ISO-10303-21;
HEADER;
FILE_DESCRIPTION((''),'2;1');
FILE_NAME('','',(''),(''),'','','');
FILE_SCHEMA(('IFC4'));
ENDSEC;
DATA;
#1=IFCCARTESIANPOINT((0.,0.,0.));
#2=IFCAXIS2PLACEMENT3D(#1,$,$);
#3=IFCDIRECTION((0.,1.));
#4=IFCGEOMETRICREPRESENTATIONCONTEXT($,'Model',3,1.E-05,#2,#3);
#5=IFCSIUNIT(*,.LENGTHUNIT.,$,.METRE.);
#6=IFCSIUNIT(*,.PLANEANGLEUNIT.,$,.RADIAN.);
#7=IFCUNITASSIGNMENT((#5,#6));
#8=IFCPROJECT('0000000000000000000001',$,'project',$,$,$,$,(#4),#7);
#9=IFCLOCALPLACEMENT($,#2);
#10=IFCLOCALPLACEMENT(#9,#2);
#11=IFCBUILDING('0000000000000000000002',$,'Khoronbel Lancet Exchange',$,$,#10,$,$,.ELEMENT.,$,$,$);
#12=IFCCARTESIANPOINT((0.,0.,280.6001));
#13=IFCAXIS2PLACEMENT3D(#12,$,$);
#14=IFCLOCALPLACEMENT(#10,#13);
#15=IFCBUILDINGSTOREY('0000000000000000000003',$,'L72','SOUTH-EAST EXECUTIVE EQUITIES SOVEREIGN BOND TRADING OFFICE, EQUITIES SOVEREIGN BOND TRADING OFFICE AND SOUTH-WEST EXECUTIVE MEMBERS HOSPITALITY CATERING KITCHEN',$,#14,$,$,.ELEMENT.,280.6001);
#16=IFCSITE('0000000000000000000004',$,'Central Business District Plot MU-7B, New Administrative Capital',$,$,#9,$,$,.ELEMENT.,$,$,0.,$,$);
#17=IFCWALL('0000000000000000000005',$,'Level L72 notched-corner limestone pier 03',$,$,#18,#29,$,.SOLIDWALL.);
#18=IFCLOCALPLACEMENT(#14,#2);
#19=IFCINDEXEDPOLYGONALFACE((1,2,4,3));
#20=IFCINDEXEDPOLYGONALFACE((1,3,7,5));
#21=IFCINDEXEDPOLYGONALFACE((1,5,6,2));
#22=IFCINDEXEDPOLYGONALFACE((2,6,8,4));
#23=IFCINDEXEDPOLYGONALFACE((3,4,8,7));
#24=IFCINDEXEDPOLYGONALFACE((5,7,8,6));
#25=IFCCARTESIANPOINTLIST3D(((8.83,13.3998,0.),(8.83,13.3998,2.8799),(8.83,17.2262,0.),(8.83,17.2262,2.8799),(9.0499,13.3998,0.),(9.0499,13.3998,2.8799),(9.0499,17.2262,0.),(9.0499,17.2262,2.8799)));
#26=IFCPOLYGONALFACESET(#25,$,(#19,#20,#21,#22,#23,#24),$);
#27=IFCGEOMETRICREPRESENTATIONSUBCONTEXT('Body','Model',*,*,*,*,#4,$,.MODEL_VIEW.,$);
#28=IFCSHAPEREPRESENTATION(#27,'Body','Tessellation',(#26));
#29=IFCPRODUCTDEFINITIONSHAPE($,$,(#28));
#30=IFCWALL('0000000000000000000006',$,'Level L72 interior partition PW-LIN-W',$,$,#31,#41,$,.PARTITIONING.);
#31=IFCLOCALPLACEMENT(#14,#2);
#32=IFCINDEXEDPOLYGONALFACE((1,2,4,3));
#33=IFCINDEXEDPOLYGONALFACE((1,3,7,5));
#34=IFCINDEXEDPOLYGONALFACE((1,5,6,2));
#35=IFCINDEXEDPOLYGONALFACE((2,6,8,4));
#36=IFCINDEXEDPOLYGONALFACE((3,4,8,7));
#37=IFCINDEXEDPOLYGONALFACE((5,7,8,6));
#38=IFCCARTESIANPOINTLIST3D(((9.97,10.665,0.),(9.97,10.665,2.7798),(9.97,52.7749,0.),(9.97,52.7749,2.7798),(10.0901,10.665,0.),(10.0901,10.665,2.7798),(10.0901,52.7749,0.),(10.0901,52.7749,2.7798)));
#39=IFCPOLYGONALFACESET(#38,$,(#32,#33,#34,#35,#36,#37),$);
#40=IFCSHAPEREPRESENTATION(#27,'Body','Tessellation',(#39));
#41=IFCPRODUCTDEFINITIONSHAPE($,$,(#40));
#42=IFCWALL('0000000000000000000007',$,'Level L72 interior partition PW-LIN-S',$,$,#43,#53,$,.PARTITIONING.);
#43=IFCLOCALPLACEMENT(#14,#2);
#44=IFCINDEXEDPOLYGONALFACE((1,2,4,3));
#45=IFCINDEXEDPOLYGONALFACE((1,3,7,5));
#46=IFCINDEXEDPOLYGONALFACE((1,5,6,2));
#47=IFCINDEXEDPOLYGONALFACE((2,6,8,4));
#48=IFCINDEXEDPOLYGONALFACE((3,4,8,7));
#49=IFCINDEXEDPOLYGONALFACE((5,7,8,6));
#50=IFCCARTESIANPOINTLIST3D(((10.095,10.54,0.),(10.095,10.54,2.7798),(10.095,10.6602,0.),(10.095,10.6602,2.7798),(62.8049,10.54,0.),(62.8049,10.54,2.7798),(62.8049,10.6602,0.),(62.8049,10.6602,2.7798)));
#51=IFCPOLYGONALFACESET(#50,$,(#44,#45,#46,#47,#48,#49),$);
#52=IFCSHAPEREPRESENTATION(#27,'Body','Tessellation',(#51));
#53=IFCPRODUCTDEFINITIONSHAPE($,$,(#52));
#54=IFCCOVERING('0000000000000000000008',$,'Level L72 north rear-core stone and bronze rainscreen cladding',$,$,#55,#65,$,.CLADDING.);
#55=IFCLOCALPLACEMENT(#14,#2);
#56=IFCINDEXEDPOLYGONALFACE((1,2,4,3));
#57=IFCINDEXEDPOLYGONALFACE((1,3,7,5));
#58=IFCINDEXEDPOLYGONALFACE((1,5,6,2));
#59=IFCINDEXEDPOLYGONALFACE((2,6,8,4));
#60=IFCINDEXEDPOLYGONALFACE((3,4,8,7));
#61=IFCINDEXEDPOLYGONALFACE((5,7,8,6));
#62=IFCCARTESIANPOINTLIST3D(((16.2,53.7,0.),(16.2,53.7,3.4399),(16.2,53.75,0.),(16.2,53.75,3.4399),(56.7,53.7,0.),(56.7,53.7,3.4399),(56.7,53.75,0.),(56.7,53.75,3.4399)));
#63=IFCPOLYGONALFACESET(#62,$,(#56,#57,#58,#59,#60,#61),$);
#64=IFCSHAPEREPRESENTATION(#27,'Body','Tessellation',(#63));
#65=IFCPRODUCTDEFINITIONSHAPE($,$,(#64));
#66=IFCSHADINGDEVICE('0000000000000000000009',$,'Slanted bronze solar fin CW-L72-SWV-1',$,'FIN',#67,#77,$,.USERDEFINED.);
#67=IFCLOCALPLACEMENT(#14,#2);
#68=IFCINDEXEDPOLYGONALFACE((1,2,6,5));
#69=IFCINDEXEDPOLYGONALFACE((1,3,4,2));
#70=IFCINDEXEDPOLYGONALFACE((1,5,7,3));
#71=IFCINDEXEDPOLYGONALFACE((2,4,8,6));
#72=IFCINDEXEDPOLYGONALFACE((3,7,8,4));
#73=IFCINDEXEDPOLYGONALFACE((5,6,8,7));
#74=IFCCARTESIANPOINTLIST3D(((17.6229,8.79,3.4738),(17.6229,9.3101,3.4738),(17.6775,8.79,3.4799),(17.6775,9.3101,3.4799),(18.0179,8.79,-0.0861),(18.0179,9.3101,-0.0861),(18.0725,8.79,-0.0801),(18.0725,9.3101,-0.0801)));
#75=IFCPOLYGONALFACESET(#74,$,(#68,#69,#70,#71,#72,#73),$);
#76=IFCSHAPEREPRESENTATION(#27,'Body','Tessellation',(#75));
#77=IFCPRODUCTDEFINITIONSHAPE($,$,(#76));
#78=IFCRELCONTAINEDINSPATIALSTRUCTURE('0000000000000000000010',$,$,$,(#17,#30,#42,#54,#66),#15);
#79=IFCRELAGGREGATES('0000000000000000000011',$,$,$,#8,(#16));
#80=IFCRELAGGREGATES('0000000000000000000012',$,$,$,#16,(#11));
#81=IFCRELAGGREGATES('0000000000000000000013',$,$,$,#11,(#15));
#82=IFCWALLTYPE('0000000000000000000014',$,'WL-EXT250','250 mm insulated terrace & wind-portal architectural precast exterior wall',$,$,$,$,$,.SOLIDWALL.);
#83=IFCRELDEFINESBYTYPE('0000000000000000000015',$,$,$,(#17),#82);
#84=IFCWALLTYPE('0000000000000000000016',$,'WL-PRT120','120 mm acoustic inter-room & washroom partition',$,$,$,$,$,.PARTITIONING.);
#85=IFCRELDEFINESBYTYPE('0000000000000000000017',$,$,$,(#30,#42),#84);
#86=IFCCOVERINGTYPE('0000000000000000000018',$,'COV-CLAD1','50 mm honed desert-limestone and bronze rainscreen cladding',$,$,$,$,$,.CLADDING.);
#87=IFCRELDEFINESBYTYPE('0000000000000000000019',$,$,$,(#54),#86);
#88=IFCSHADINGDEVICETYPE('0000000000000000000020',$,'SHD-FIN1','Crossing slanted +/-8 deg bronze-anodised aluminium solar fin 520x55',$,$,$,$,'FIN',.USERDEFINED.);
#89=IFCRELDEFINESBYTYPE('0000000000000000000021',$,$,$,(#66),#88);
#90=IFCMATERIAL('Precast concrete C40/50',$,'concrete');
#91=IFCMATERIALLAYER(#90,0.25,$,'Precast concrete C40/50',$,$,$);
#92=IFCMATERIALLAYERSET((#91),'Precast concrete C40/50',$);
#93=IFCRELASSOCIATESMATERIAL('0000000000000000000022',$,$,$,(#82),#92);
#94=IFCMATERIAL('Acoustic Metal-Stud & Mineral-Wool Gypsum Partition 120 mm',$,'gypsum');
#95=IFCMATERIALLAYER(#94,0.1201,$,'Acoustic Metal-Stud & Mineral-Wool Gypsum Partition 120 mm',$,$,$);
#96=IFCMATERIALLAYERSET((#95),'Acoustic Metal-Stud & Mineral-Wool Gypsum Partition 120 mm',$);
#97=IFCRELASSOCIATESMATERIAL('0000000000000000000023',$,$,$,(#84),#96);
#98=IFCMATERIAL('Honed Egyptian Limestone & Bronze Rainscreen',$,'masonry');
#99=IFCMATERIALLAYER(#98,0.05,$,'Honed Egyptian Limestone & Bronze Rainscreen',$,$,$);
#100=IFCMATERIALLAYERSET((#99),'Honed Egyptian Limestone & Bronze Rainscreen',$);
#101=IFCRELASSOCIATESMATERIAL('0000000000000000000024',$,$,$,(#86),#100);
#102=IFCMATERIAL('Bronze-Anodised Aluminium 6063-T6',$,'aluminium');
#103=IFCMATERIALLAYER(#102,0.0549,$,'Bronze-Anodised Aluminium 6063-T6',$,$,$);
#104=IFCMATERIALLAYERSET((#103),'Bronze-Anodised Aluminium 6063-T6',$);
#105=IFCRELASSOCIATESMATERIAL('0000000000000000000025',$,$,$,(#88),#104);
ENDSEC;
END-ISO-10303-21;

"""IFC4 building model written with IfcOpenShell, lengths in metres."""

from ifc_helpers import new_model, si_unit, direction, frame, frame_2d, origin, place, context, subcontext, project, spatial, polyline, rectangle, outline, extrude, material, layer, layer_set, type_object, element, save


model = new_model("IFC4")

# Units and contexts
model_context = context("Model", 3, precision=1e-05, world=origin(), true_north=direction((0.0, 1.0)))
body_context = subcontext(model_context, "Body", "Model", "MODEL_VIEW")
ifc_project = project(units=[si_unit("LENGTHUNIT", "METRE"), si_unit("PLANEANGLEUNIT", "RADIAN")], contexts=[model_context])

# Site, building, storey
site_placement = place(None, origin())
site = spatial("IfcSite", under=ifc_project, at=site_placement, Name="Central Business District Plot MU-7B, New Administrative Capital", CompositionType="ELEMENT", RefElevation=0.0)
building_placement = place(site_placement, origin())
building = spatial("IfcBuilding", under=site, at=building_placement, Name="Khoronbel Lancet Exchange", CompositionType="ELEMENT")
storey_placement = place(building_placement, frame((0.0, 0.0, 280.6001)))
storey = spatial("IfcBuildingStorey", under=building, at=storey_placement, Name="L72", Description="SOUTH-EAST EXECUTIVE EQUITIES SOVEREIGN BOND TRADING OFFICE, EQUITIES SOVEREIGN BOND TRADING OFFICE AND SOUTH-WEST EXECUTIVE MEMBERS HOSPITALITY CATERING KITCHEN", CompositionType="ELEMENT", Elevation=280.6001)

# Shared definitions
ifc_material_1 = material(Name="Bronze-Anodised Aluminium 6063-T6", Category="aluminium")

# Walls
ifc_material_2 = material(Name="Precast concrete C40/50", Category="concrete")
ifc_layer_1 = layer(ifc_material_2, 0.25, Name="Precast concrete C40/50")
ifc_layer_set_1 = layer_set([ifc_layer_1], Name="Precast concrete C40/50")
wall_type_1 = type_object("IfcWallType", Name="WL-EXT250", Description="250 mm insulated terrace & wind-portal architectural precast exterior wall", PredefinedType="SOLIDWALL", material=ifc_layer_set_1)
wall_1_placement = place(storey_placement, frame((8.9399, 13.3999, 0.0), z_axis=(0.0, 0.0, 1.0), x_axis=(0.0, 1.0, 0.0)))
element("IfcWall", 1, at=wall_1_placement, inside=storey, type_object=wall_type_1, Name="Level L72 notched-corner limestone pier 03", PredefinedType="SOLIDWALL", context=body_context, shape_type="SweptSolid", body=[
    extrude(rectangle(XDim=3.8264, YDim=0.22, at=frame_2d((1.9131, 0.0))), origin(), (0.0, 0.0, 1.0), 2.8799),
])
ifc_material_3 = material(Name="Acoustic Metal-Stud & Mineral-Wool Gypsum Partition 120 mm", Category="gypsum")
ifc_layer_2 = layer(ifc_material_3, 0.1201, Name="Acoustic Metal-Stud & Mineral-Wool Gypsum Partition 120 mm")
ifc_layer_set_2 = layer_set([ifc_layer_2], Name="Acoustic Metal-Stud & Mineral-Wool Gypsum Partition 120 mm")
wall_type_2 = type_object("IfcWallType", Name="WL-PRT120", Description="120 mm acoustic inter-room & washroom partition", PredefinedType="PARTITIONING", material=ifc_layer_set_2)
wall_2_placement = place(storey_placement, frame((10.03, 10.665, 0.0), z_axis=(0.0, 0.0, 1.0), x_axis=(0.0, 1.0, 0.0)))
element("IfcWall", 2, at=wall_2_placement, inside=storey, type_object=wall_type_2, Name="Level L72 interior partition PW-LIN-W", PredefinedType="PARTITIONING", context=body_context, shape_type="SweptSolid", body=[
    extrude(rectangle(XDim=42.1099, YDim=0.1201, at=frame_2d((21.0549, 0.0))), origin(), (0.0, 0.0, 1.0), 2.7798),
])
wall_3_placement = place(storey_placement, frame((10.095, 10.6001, 0.0), z_axis=(0.0, 0.0, 1.0), x_axis=(1.0, 0.0, 0.0)))
element("IfcWall", 3, at=wall_3_placement, inside=storey, type_object=wall_type_2, Name="Level L72 interior partition PW-LIN-S", PredefinedType="PARTITIONING", context=body_context, shape_type="SweptSolid", body=[
    extrude(rectangle(XDim=52.71, YDim=0.1201, at=frame_2d((26.355, 0.0))), origin(), (0.0, 0.0, 1.0), 2.7798),
])

# Covering
ifc_material_4 = material(Name="Honed Egyptian Limestone & Bronze Rainscreen", Category="masonry")
ifc_layer_3 = layer(ifc_material_4, 0.05, Name="Honed Egyptian Limestone & Bronze Rainscreen")
ifc_layer_set_3 = layer_set([ifc_layer_3], Name="Honed Egyptian Limestone & Bronze Rainscreen")
covering_type = type_object("IfcCoveringType", Name="COV-CLAD1", Description="50 mm honed desert-limestone and bronze rainscreen cladding", PredefinedType="CLADDING", material=ifc_layer_set_3)
covering_placement = place(storey_placement, origin())
element("IfcCovering", 4, at=covering_placement, inside=storey, type_object=covering_type, Name="Level L72 north rear-core stone and bronze rainscreen cladding", PredefinedType="CLADDING", context=body_context, shape_type="SweptSolid", body=[
    extrude(outline(polyline([(16.2, 53.7), (56.7, 53.7), (56.7, 53.75), (16.2, 53.75), (16.2, 53.7)])), origin(), (0.0, 0.0, 1.0), 3.4399),
])

# Shading device
ifc_layer_4 = layer(ifc_material_1, 0.0549, Name="Bronze-Anodised Aluminium 6063-T6")
ifc_layer_set_4 = layer_set([ifc_layer_4], Name="Bronze-Anodised Aluminium 6063-T6")
shading_device_type = type_object("IfcShadingDeviceType", Name="SHD-FIN1", Description="Crossing slanted +/-8 deg bronze-anodised aluminium solar fin 520x55", ElementType="FIN", PredefinedType="USERDEFINED", material=ifc_layer_set_4)
shading_device_placement = place(storey_placement, frame((18.0725, 9.3101, -0.0801), z_axis=(0.9939, 0.0, 0.110282), x_axis=(0.0, -1.0, 0.0)))
element("IfcShadingDevice", 5, at=shading_device_placement, inside=storey, type_object=shading_device_type, Name="Slanted bronze solar fin CW-L72-SWV-1", ObjectType="FIN", PredefinedType="USERDEFINED", context=body_context, shape_type="SweptSolid", body=[
    extrude(outline(polyline([(0.0, 0.0), (0.52, 0.0), (0.52, -3.5818), (0.0, -3.5818), (0.0, 0.0)])), origin(), (0.0, 0.0, -1.0), 0.0549),
])

save(model, "model.ifc")
